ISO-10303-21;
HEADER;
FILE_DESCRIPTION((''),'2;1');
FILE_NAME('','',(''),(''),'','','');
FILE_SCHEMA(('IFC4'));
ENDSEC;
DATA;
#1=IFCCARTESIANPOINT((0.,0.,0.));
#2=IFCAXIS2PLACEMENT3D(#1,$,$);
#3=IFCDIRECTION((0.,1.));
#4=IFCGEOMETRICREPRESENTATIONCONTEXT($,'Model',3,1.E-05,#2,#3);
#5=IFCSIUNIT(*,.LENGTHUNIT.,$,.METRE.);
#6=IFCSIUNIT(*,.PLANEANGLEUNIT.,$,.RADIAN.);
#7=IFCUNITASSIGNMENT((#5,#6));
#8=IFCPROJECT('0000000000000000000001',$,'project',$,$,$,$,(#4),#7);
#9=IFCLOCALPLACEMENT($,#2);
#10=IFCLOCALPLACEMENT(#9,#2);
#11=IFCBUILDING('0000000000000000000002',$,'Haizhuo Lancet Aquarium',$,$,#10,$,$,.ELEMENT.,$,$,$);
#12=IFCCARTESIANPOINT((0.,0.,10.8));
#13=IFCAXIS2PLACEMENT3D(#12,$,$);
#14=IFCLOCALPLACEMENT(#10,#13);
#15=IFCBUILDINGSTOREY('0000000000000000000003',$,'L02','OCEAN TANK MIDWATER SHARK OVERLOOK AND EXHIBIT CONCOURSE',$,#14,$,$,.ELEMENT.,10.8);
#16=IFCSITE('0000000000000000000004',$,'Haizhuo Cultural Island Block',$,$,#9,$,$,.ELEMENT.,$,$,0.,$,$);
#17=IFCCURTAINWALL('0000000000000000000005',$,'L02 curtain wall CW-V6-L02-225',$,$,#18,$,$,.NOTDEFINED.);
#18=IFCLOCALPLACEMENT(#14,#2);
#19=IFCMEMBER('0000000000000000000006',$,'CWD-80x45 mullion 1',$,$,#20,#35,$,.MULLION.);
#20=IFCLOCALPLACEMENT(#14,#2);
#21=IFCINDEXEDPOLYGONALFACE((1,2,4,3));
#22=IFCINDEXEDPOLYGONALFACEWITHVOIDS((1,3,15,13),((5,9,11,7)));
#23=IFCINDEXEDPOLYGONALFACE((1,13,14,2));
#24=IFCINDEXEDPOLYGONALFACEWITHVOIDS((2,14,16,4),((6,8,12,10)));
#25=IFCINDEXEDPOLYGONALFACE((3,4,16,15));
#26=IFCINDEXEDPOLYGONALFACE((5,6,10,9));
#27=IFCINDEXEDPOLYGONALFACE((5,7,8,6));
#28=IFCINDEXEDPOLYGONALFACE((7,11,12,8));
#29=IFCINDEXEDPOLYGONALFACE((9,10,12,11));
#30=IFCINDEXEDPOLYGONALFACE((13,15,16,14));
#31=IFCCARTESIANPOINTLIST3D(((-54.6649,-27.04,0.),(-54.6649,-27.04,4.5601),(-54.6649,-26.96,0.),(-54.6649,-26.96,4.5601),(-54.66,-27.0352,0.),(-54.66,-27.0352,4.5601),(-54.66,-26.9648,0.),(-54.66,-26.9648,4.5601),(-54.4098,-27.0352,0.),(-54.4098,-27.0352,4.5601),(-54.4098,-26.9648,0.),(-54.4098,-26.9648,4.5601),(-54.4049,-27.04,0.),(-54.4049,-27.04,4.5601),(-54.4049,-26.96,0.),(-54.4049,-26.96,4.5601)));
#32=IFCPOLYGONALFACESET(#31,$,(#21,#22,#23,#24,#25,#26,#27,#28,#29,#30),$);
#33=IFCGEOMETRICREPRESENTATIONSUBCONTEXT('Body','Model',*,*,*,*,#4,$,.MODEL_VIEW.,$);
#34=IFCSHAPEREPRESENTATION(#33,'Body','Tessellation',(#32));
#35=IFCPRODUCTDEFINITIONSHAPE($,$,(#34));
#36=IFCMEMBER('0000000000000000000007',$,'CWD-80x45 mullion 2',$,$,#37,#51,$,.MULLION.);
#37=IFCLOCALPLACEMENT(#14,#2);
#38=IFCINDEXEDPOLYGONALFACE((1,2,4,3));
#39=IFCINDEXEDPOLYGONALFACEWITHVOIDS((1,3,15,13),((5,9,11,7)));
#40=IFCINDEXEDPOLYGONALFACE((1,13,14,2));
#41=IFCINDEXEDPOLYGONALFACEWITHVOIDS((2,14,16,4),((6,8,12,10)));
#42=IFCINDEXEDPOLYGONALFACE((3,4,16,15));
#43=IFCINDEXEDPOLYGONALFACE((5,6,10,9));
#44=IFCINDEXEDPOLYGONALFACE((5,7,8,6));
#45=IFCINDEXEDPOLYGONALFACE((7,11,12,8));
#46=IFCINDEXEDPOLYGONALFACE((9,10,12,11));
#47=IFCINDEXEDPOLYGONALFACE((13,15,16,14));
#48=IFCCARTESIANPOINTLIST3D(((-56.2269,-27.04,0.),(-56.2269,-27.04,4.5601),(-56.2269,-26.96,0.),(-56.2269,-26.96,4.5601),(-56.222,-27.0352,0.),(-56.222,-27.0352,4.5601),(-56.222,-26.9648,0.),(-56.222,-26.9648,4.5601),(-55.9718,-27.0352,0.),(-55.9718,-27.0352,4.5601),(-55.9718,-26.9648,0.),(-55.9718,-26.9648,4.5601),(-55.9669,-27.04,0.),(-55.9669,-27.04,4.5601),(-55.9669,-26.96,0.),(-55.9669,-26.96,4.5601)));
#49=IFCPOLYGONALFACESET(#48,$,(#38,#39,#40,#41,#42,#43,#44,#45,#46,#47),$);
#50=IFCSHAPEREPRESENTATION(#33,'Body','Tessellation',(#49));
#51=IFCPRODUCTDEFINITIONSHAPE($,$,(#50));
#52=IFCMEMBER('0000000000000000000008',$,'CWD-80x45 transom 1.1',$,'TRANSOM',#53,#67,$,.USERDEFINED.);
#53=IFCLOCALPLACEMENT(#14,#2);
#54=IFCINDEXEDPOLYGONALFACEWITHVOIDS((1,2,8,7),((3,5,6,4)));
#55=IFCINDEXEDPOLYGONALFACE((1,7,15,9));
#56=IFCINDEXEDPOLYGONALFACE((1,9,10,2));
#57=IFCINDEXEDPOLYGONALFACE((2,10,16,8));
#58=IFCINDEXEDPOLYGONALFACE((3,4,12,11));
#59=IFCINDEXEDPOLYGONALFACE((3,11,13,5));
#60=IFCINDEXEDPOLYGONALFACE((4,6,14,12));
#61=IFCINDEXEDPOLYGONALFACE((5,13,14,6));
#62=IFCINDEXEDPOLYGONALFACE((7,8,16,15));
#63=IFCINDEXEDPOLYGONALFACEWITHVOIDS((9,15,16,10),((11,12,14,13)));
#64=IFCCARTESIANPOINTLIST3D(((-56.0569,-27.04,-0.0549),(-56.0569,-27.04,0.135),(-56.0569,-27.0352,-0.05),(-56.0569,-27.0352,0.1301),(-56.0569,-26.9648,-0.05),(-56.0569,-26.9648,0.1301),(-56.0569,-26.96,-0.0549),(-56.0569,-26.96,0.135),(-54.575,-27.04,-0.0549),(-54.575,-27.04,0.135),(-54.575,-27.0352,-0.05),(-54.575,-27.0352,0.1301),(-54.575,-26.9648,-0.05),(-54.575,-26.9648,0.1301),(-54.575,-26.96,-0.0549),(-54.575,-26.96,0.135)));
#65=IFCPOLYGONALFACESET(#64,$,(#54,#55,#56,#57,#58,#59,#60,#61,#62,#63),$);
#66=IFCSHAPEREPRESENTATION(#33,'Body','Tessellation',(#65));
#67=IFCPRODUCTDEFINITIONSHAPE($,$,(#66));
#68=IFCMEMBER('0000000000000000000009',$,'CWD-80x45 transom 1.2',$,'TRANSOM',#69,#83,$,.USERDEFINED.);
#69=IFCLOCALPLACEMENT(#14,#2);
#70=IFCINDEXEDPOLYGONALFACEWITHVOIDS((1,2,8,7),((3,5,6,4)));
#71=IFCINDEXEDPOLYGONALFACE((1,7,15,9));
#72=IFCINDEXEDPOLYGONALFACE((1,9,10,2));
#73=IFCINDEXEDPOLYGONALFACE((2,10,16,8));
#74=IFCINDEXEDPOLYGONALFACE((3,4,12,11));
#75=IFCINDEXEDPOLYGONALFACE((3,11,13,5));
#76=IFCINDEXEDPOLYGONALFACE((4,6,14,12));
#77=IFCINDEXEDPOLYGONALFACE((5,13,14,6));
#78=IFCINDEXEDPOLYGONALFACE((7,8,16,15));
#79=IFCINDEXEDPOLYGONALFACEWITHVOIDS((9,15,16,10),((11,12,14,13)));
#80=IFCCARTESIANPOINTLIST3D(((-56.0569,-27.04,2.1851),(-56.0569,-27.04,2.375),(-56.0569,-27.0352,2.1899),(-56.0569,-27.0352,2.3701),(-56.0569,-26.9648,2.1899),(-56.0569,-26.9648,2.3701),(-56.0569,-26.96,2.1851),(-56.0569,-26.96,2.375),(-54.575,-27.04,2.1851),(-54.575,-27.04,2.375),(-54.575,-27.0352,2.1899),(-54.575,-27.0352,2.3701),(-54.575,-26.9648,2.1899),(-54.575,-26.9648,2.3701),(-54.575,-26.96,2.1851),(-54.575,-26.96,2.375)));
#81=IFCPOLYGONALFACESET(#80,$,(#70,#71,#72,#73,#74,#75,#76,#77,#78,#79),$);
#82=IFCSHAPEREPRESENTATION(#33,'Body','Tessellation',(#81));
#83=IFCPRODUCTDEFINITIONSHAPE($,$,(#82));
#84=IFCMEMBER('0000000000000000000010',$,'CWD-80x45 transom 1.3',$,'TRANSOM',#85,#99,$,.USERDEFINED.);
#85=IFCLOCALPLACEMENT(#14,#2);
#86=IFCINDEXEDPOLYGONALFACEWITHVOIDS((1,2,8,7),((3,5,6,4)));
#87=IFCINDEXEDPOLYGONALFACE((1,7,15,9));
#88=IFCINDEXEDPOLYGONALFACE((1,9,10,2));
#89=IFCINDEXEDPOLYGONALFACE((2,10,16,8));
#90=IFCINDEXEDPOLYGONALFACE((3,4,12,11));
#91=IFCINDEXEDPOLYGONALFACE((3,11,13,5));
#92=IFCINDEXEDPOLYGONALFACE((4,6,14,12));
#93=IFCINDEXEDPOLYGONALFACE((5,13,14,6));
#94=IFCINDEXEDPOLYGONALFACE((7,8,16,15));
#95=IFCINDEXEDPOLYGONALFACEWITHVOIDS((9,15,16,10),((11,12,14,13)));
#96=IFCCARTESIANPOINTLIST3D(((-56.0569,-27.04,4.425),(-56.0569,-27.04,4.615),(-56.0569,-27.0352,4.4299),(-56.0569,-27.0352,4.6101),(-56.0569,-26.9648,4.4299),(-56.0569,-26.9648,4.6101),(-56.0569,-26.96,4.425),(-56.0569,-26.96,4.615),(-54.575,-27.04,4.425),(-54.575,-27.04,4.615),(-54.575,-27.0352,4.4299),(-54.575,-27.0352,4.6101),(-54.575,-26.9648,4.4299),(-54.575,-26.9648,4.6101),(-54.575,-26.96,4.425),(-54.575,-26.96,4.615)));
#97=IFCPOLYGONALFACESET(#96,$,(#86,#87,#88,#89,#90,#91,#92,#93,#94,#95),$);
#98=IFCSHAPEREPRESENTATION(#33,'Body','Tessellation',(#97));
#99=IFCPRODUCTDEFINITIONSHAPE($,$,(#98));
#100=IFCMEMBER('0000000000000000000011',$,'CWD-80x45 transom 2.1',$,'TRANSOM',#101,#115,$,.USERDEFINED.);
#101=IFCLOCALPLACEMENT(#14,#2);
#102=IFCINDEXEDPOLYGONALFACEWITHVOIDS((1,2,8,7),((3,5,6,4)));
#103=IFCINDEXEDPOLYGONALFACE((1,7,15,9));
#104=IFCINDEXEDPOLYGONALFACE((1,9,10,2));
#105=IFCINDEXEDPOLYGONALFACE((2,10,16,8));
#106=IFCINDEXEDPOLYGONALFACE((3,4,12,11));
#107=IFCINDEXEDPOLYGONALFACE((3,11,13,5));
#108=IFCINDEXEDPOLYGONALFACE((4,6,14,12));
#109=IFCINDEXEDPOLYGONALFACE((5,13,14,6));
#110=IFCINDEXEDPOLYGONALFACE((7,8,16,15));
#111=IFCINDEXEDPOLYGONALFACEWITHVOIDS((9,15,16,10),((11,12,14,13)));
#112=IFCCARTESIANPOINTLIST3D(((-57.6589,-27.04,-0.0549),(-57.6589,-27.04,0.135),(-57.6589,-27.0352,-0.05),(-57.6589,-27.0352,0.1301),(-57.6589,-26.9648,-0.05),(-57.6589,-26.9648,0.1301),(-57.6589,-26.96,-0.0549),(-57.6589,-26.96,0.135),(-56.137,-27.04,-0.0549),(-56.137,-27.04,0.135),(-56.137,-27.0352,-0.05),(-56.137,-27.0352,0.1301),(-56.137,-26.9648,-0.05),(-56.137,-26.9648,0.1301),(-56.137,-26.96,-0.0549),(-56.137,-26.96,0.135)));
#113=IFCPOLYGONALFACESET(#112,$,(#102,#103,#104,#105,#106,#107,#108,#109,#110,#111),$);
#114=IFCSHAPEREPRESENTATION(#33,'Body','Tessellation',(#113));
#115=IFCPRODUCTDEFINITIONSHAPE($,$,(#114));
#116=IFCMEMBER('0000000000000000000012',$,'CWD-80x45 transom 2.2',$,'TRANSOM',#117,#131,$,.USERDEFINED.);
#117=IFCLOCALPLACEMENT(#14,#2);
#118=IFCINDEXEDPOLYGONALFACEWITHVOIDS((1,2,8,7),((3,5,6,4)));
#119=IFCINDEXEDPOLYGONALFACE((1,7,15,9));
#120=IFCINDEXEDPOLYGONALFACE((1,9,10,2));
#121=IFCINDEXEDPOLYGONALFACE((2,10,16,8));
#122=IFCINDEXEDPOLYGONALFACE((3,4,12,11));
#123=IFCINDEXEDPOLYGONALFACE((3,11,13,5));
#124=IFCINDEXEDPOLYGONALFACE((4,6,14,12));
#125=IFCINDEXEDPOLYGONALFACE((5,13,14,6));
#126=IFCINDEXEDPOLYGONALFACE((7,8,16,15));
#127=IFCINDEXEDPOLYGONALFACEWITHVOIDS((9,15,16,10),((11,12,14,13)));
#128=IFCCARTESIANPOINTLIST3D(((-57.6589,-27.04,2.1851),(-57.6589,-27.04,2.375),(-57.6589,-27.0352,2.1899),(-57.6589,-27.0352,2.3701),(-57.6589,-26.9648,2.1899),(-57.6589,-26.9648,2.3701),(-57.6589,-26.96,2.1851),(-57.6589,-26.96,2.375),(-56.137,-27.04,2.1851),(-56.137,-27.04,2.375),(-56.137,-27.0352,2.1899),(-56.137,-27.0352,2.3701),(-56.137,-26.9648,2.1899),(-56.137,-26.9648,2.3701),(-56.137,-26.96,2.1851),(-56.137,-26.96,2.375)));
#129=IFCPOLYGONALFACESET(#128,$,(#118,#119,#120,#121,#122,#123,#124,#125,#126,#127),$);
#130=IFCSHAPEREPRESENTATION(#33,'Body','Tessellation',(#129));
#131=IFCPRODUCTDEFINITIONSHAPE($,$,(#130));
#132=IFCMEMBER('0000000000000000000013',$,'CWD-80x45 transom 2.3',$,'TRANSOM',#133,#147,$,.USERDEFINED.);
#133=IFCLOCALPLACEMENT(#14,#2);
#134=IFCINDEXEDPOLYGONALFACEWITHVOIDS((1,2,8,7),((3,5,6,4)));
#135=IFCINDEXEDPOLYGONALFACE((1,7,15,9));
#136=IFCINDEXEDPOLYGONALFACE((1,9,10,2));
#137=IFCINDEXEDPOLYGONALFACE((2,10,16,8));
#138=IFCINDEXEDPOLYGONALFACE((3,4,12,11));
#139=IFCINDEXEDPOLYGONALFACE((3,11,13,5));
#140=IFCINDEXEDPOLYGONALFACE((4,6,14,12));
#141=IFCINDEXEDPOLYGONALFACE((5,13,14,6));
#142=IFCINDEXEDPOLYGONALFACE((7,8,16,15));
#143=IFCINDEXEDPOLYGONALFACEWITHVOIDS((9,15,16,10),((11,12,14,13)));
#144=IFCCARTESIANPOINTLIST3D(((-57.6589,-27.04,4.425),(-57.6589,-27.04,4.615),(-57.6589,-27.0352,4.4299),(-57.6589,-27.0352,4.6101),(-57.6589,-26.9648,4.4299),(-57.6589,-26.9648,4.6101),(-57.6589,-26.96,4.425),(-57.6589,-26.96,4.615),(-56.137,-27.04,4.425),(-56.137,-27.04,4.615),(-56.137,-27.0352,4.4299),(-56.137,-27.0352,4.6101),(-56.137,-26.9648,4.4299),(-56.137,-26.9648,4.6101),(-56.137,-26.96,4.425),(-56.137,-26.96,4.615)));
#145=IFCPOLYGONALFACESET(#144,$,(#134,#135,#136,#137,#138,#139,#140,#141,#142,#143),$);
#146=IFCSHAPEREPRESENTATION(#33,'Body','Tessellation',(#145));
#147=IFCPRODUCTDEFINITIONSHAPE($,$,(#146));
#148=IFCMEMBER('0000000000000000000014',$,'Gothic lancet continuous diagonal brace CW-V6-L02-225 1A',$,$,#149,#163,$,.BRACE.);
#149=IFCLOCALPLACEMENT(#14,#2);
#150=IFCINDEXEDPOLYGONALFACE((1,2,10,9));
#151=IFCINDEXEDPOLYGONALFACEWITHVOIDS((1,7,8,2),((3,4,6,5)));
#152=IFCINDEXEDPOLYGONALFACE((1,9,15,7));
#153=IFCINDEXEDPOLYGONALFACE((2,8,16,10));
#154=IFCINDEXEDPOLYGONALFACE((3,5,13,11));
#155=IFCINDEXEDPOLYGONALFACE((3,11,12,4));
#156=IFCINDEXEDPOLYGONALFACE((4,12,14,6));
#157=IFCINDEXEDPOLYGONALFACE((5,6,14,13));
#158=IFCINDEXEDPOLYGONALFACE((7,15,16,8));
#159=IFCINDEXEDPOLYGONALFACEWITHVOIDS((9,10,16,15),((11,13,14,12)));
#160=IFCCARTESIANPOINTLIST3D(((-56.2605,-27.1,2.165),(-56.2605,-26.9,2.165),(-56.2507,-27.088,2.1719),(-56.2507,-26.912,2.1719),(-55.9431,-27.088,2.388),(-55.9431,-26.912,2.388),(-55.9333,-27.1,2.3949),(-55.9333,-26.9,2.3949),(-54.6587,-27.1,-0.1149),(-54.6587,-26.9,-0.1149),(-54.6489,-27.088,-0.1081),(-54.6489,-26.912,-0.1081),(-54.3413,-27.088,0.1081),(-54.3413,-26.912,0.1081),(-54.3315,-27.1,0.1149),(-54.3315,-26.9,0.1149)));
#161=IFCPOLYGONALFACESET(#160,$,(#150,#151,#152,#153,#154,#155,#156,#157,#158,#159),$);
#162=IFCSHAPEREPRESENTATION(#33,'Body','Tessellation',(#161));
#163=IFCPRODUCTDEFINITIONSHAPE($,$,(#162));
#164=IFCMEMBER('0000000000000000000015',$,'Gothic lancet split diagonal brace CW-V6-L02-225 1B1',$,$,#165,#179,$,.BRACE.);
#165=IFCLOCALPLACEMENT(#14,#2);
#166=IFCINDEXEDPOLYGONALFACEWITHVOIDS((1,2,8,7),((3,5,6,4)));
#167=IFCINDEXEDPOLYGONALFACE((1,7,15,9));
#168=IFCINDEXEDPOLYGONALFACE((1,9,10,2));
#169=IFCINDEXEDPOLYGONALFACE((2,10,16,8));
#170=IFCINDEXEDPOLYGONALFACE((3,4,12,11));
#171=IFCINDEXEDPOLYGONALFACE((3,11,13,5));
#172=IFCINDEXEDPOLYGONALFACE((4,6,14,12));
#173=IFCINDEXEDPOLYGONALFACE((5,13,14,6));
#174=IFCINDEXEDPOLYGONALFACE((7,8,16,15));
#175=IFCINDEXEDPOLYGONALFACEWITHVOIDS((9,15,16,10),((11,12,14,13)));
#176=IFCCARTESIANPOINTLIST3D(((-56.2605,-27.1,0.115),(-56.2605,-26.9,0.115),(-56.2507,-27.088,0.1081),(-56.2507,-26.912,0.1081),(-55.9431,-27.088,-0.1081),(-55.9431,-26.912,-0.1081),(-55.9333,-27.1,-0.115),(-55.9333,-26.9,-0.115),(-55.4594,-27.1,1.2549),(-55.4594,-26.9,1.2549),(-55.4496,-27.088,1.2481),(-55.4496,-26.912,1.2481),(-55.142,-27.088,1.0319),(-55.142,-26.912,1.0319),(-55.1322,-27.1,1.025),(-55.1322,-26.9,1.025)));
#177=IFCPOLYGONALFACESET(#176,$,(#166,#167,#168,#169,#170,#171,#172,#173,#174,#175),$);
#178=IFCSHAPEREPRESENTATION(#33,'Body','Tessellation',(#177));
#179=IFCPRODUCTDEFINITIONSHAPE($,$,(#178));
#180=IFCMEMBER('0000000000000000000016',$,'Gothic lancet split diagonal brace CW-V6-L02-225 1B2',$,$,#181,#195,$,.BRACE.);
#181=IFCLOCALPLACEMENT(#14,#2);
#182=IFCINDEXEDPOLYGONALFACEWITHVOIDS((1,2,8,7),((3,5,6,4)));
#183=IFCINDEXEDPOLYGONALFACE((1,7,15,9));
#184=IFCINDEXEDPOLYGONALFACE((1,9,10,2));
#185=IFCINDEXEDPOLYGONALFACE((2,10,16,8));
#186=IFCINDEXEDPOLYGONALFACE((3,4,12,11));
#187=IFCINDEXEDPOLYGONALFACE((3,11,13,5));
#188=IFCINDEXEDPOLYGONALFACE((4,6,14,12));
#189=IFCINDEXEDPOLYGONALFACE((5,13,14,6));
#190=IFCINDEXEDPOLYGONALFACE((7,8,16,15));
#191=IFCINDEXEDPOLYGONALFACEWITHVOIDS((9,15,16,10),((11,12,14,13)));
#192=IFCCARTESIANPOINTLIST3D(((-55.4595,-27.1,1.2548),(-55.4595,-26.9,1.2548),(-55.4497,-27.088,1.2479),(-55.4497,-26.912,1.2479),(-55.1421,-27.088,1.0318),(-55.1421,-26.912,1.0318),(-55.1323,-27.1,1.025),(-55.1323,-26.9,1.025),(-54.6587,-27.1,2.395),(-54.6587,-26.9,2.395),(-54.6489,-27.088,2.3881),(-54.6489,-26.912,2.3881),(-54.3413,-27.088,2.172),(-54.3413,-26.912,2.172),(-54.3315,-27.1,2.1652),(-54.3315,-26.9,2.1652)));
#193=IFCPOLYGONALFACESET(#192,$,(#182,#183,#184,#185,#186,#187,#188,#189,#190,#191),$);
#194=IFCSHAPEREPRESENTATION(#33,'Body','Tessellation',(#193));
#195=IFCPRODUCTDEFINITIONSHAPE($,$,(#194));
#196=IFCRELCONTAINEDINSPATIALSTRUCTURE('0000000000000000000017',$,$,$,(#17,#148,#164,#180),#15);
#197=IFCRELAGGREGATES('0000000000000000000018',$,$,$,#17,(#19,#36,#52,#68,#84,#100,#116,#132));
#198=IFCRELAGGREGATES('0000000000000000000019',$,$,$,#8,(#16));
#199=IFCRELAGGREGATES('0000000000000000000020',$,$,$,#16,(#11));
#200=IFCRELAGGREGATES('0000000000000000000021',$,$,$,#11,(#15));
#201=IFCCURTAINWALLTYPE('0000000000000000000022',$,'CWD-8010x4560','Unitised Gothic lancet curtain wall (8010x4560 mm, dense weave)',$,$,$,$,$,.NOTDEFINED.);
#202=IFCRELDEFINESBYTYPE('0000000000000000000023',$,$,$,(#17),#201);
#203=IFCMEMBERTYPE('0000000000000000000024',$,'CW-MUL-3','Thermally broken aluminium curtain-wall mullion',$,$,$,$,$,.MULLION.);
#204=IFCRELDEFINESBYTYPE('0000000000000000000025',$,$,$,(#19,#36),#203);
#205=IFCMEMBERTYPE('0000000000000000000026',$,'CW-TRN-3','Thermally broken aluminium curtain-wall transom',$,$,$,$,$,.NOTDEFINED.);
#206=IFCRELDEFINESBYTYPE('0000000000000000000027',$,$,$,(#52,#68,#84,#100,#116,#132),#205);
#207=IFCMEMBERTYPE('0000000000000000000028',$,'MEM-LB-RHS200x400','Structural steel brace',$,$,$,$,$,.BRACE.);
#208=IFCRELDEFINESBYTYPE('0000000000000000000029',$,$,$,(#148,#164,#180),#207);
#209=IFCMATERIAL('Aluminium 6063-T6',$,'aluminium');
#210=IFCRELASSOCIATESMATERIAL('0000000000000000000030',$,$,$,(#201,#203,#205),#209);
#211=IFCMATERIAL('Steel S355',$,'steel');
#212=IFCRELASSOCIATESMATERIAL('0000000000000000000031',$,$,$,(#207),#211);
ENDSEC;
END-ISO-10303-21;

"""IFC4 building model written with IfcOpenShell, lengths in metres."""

from ifc_helpers import new_model, si_unit, direction, frame, origin, origin_2d, place, context, subcontext, project, spatial, hollow_rectangle, extrude, material, material_profile, profile_set, type_object, element, aggregate, save


model = new_model("IFC4")

# Units and contexts
model_context = context("Model", 3, precision=1e-05, world=origin(), true_north=direction((0.0, 1.0)))
body_context = subcontext(model_context, "Body", "Model", "MODEL_VIEW")
ifc_project = project(units=[si_unit("LENGTHUNIT", "METRE"), si_unit("PLANEANGLEUNIT", "RADIAN")], contexts=[model_context])

# Site, building, storey
site_placement = place(None, origin())
site = spatial("IfcSite", under=ifc_project, at=site_placement, Name="Haizhuo Cultural Island Block", CompositionType="ELEMENT", RefElevation=0.0)
building_placement = place(site_placement, origin())
building = spatial("IfcBuilding", under=site, at=building_placement, Name="Haizhuo Lancet Aquarium", CompositionType="ELEMENT")
storey_placement = place(building_placement, frame((0.0, 0.0, 10.8)))
storey = spatial("IfcBuildingStorey", under=building, at=storey_placement, Name="L02", Description="OCEAN TANK MIDWATER SHARK OVERLOOK AND EXHIBIT CONCOURSE", CompositionType="ELEMENT", Elevation=10.8)

# Curtain wall, members
ifc_material_1 = material(Name="Aluminium 6063-T6", Category="aluminium")
curtain_wall_type = type_object("IfcCurtainWallType", Name="CWD-8010x4560", Description="Unitised Gothic lancet curtain wall (8010x4560 mm, dense weave)", PredefinedType="NOTDEFINED", material=ifc_material_1)
curtain_wall_placement = place(storey_placement, origin())
curtain_wall = element("IfcCurtainWall", 1, at=curtain_wall_placement, inside=storey, type_object=curtain_wall_type, Name="L02 curtain wall CW-V6-L02-225", PredefinedType="NOTDEFINED")
ifc_material_profile_1 = material_profile(ifc_material_1, hollow_rectangle(XDim=0.0801, YDim=0.26, WallThickness=0.0049, at=origin_2d()), Name="ALU-M 80x260x5")
ifc_profile_set_1 = profile_set([ifc_material_profile_1], Name="Aluminium 6063-T6")
member_type_1 = type_object("IfcMemberType", Name="CW-MUL-3", Description="Thermally broken aluminium curtain-wall mullion", PredefinedType="MULLION", material=ifc_profile_set_1)
member_1_placement = place(storey_placement, frame((-54.5349, -27.0, 0.0), z_axis=(0.0, 0.0, 1.0), x_axis=(0.0, -1.0, 0.0)))
member_1 = element("IfcMember", 2, at=member_1_placement, type_object=member_type_1, Name="CWD-80x45 mullion 1", PredefinedType="MULLION", context=body_context, shape_type="SweptSolid", body=[
    extrude(hollow_rectangle(XDim=0.0801, YDim=0.26, WallThickness=0.0049, at=origin_2d()), origin(), (0.0, 0.0, 1.0), 4.5601),
])
member_2_placement = place(storey_placement, frame((-56.0969, -27.0, 0.0), z_axis=(0.0, 0.0, 1.0), x_axis=(0.0, -1.0, 0.0)))
member_2 = element("IfcMember", 3, at=member_2_placement, type_object=member_type_1, Name="CWD-80x45 mullion 2", PredefinedType="MULLION", context=body_context, shape_type="SweptSolid", body=[
    extrude(hollow_rectangle(XDim=0.0801, YDim=0.26, WallThickness=0.0049, at=origin_2d()), origin(), (0.0, 0.0, 1.0), 4.5601),
])
ifc_material_profile_2 = material_profile(ifc_material_1, hollow_rectangle(XDim=0.0801, YDim=0.1899, WallThickness=0.0049, at=origin_2d()), Name="ALU-T 80x190x5")
ifc_profile_set_2 = profile_set([ifc_material_profile_2], Name="Aluminium 6063-T6")
member_type_2 = type_object("IfcMemberType", Name="CW-TRN-3", Description="Thermally broken aluminium curtain-wall transom", PredefinedType="NOTDEFINED", material=ifc_profile_set_2)
member_3_placement = place(storey_placement, frame((-54.575, -27.0, 0.04), z_axis=(-1.0, 0.0, 0.0), x_axis=(0.0, -1.0, 0.0)))
member_3 = element("IfcMember", 4, at=member_3_placement, type_object=member_type_2, Name="CWD-80x45 transom 1.1", ObjectType="TRANSOM", PredefinedType="USERDEFINED", context=body_context, shape_type="SweptSolid", body=[
    extrude(hollow_rectangle(XDim=0.0801, YDim=0.1899, WallThickness=0.0049, at=origin_2d()), origin(), (0.0, 0.0, 1.0), 1.4819),
])
member_4_placement = place(storey_placement, frame((-54.575, -27.0, 2.28), z_axis=(-1.0, 0.0, 0.0), x_axis=(0.0, -1.0, 0.0)))
member_4 = element("IfcMember", 5, at=member_4_placement, type_object=member_type_2, Name="CWD-80x45 transom 1.2", ObjectType="TRANSOM", PredefinedType="USERDEFINED", context=body_context, shape_type="SweptSolid", body=[
    extrude(hollow_rectangle(XDim=0.0801, YDim=0.1899, WallThickness=0.0049, at=origin_2d()), origin(), (0.0, 0.0, 1.0), 1.4819),
])
member_5_placement = place(storey_placement, frame((-54.575, -27.0, 4.52), z_axis=(-1.0, 0.0, 0.0), x_axis=(0.0, -1.0, 0.0)))
member_5 = element("IfcMember", 6, at=member_5_placement, type_object=member_type_2, Name="CWD-80x45 transom 1.3", ObjectType="TRANSOM", PredefinedType="USERDEFINED", context=body_context, shape_type="SweptSolid", body=[
    extrude(hollow_rectangle(XDim=0.0801, YDim=0.1899, WallThickness=0.0049, at=origin_2d()), origin(), (0.0, 0.0, 1.0), 1.4819),
])
member_6_placement = place(storey_placement, frame((-56.137, -27.0, 0.04), z_axis=(-1.0, 0.0, 0.0), x_axis=(0.0, -1.0, 0.0)))
member_6 = element("IfcMember", 7, at=member_6_placement, type_object=member_type_2, Name="CWD-80x45 transom 2.1", ObjectType="TRANSOM", PredefinedType="USERDEFINED", context=body_context, shape_type="SweptSolid", body=[
    extrude(hollow_rectangle(XDim=0.0801, YDim=0.1899, WallThickness=0.0049, at=origin_2d()), origin(), (0.0, 0.0, 1.0), 1.522),
])
member_7_placement = place(storey_placement, frame((-56.137, -27.0, 2.28), z_axis=(-1.0, 0.0, 0.0), x_axis=(0.0, -1.0, 0.0)))
member_7 = element("IfcMember", 8, at=member_7_placement, type_object=member_type_2, Name="CWD-80x45 transom 2.2", ObjectType="TRANSOM", PredefinedType="USERDEFINED", context=body_context, shape_type="SweptSolid", body=[
    extrude(hollow_rectangle(XDim=0.0801, YDim=0.1899, WallThickness=0.0049, at=origin_2d()), origin(), (0.0, 0.0, 1.0), 1.522),
])
member_8_placement = place(storey_placement, frame((-56.137, -27.0, 4.52), z_axis=(-1.0, 0.0, 0.0), x_axis=(0.0, -1.0, 0.0)))
member_8 = element("IfcMember", 9, at=member_8_placement, type_object=member_type_2, Name="CWD-80x45 transom 2.3", ObjectType="TRANSOM", PredefinedType="USERDEFINED", context=body_context, shape_type="SweptSolid", body=[
    extrude(hollow_rectangle(XDim=0.0801, YDim=0.1899, WallThickness=0.0049, at=origin_2d()), origin(), (0.0, 0.0, 1.0), 1.522),
])

# Members
ifc_material_2 = material(Name="Steel S355", Category="steel")
ifc_material_profile_3 = material_profile(ifc_material_2, hollow_rectangle(XDim=0.2, YDim=0.3999, WallThickness=0.012, at=origin_2d()), Name="RHS 200x400x12")
ifc_profile_set_3 = profile_set([ifc_material_profile_3], Name="Steel S355")
member_type_3 = type_object("IfcMemberType", Name="MEM-LB-RHS200x400", Description="Structural steel brace", PredefinedType="BRACE", material=ifc_profile_set_3)
member_9_placement = place(storey_placement, frame((-54.4951, -27.0, 0.0), z_axis=(-0.574855, 0.0, 0.818255), x_axis=(0.0, -1.0, 0.0)))
element("IfcMember", 10, at=member_9_placement, inside=storey, type_object=member_type_3, Name="Gothic lancet continuous diagonal brace CW-V6-L02-225 1A", PredefinedType="BRACE", context=body_context, shape_type="SweptSolid", body=[
    extrude(hollow_rectangle(XDim=0.2, YDim=0.3999, WallThickness=0.012, at=origin_2d()), origin(), (0.0, 0.0, 1.0), 2.7864),
])
for number, where, z_axis, x_axis, name in (
    (11, (-56.0969, -27.0, 0.0), (0.574955, 0.0, 0.818185), (0.0, 1.0, 0.0), "Gothic lancet split diagonal brace CW-V6-L02-225 1B1"),
    (12, (-55.2959, -27.0, 1.1399), (0.574755, 0.0, 0.818325), (0.0, 1.0, 0.0), "Gothic lancet split diagonal brace CW-V6-L02-225 1B2"),
):
    element("IfcMember", number, at=place(storey_placement, frame(where, z_axis=z_axis, x_axis=x_axis)), inside=storey, type_object=member_type_3, Name=name, PredefinedType="BRACE", context=body_context, shape_type="SweptSolid", body=[
        extrude(hollow_rectangle(XDim=0.2, YDim=0.3999, WallThickness=0.012, at=origin_2d()), origin(), (0.0, 0.0, 1.0), 1.3933),
    ])

aggregate(curtain_wall, [member_1, member_2, member_3, member_4, member_5, member_6, member_7, member_8])

save(model, "model.ifc")
